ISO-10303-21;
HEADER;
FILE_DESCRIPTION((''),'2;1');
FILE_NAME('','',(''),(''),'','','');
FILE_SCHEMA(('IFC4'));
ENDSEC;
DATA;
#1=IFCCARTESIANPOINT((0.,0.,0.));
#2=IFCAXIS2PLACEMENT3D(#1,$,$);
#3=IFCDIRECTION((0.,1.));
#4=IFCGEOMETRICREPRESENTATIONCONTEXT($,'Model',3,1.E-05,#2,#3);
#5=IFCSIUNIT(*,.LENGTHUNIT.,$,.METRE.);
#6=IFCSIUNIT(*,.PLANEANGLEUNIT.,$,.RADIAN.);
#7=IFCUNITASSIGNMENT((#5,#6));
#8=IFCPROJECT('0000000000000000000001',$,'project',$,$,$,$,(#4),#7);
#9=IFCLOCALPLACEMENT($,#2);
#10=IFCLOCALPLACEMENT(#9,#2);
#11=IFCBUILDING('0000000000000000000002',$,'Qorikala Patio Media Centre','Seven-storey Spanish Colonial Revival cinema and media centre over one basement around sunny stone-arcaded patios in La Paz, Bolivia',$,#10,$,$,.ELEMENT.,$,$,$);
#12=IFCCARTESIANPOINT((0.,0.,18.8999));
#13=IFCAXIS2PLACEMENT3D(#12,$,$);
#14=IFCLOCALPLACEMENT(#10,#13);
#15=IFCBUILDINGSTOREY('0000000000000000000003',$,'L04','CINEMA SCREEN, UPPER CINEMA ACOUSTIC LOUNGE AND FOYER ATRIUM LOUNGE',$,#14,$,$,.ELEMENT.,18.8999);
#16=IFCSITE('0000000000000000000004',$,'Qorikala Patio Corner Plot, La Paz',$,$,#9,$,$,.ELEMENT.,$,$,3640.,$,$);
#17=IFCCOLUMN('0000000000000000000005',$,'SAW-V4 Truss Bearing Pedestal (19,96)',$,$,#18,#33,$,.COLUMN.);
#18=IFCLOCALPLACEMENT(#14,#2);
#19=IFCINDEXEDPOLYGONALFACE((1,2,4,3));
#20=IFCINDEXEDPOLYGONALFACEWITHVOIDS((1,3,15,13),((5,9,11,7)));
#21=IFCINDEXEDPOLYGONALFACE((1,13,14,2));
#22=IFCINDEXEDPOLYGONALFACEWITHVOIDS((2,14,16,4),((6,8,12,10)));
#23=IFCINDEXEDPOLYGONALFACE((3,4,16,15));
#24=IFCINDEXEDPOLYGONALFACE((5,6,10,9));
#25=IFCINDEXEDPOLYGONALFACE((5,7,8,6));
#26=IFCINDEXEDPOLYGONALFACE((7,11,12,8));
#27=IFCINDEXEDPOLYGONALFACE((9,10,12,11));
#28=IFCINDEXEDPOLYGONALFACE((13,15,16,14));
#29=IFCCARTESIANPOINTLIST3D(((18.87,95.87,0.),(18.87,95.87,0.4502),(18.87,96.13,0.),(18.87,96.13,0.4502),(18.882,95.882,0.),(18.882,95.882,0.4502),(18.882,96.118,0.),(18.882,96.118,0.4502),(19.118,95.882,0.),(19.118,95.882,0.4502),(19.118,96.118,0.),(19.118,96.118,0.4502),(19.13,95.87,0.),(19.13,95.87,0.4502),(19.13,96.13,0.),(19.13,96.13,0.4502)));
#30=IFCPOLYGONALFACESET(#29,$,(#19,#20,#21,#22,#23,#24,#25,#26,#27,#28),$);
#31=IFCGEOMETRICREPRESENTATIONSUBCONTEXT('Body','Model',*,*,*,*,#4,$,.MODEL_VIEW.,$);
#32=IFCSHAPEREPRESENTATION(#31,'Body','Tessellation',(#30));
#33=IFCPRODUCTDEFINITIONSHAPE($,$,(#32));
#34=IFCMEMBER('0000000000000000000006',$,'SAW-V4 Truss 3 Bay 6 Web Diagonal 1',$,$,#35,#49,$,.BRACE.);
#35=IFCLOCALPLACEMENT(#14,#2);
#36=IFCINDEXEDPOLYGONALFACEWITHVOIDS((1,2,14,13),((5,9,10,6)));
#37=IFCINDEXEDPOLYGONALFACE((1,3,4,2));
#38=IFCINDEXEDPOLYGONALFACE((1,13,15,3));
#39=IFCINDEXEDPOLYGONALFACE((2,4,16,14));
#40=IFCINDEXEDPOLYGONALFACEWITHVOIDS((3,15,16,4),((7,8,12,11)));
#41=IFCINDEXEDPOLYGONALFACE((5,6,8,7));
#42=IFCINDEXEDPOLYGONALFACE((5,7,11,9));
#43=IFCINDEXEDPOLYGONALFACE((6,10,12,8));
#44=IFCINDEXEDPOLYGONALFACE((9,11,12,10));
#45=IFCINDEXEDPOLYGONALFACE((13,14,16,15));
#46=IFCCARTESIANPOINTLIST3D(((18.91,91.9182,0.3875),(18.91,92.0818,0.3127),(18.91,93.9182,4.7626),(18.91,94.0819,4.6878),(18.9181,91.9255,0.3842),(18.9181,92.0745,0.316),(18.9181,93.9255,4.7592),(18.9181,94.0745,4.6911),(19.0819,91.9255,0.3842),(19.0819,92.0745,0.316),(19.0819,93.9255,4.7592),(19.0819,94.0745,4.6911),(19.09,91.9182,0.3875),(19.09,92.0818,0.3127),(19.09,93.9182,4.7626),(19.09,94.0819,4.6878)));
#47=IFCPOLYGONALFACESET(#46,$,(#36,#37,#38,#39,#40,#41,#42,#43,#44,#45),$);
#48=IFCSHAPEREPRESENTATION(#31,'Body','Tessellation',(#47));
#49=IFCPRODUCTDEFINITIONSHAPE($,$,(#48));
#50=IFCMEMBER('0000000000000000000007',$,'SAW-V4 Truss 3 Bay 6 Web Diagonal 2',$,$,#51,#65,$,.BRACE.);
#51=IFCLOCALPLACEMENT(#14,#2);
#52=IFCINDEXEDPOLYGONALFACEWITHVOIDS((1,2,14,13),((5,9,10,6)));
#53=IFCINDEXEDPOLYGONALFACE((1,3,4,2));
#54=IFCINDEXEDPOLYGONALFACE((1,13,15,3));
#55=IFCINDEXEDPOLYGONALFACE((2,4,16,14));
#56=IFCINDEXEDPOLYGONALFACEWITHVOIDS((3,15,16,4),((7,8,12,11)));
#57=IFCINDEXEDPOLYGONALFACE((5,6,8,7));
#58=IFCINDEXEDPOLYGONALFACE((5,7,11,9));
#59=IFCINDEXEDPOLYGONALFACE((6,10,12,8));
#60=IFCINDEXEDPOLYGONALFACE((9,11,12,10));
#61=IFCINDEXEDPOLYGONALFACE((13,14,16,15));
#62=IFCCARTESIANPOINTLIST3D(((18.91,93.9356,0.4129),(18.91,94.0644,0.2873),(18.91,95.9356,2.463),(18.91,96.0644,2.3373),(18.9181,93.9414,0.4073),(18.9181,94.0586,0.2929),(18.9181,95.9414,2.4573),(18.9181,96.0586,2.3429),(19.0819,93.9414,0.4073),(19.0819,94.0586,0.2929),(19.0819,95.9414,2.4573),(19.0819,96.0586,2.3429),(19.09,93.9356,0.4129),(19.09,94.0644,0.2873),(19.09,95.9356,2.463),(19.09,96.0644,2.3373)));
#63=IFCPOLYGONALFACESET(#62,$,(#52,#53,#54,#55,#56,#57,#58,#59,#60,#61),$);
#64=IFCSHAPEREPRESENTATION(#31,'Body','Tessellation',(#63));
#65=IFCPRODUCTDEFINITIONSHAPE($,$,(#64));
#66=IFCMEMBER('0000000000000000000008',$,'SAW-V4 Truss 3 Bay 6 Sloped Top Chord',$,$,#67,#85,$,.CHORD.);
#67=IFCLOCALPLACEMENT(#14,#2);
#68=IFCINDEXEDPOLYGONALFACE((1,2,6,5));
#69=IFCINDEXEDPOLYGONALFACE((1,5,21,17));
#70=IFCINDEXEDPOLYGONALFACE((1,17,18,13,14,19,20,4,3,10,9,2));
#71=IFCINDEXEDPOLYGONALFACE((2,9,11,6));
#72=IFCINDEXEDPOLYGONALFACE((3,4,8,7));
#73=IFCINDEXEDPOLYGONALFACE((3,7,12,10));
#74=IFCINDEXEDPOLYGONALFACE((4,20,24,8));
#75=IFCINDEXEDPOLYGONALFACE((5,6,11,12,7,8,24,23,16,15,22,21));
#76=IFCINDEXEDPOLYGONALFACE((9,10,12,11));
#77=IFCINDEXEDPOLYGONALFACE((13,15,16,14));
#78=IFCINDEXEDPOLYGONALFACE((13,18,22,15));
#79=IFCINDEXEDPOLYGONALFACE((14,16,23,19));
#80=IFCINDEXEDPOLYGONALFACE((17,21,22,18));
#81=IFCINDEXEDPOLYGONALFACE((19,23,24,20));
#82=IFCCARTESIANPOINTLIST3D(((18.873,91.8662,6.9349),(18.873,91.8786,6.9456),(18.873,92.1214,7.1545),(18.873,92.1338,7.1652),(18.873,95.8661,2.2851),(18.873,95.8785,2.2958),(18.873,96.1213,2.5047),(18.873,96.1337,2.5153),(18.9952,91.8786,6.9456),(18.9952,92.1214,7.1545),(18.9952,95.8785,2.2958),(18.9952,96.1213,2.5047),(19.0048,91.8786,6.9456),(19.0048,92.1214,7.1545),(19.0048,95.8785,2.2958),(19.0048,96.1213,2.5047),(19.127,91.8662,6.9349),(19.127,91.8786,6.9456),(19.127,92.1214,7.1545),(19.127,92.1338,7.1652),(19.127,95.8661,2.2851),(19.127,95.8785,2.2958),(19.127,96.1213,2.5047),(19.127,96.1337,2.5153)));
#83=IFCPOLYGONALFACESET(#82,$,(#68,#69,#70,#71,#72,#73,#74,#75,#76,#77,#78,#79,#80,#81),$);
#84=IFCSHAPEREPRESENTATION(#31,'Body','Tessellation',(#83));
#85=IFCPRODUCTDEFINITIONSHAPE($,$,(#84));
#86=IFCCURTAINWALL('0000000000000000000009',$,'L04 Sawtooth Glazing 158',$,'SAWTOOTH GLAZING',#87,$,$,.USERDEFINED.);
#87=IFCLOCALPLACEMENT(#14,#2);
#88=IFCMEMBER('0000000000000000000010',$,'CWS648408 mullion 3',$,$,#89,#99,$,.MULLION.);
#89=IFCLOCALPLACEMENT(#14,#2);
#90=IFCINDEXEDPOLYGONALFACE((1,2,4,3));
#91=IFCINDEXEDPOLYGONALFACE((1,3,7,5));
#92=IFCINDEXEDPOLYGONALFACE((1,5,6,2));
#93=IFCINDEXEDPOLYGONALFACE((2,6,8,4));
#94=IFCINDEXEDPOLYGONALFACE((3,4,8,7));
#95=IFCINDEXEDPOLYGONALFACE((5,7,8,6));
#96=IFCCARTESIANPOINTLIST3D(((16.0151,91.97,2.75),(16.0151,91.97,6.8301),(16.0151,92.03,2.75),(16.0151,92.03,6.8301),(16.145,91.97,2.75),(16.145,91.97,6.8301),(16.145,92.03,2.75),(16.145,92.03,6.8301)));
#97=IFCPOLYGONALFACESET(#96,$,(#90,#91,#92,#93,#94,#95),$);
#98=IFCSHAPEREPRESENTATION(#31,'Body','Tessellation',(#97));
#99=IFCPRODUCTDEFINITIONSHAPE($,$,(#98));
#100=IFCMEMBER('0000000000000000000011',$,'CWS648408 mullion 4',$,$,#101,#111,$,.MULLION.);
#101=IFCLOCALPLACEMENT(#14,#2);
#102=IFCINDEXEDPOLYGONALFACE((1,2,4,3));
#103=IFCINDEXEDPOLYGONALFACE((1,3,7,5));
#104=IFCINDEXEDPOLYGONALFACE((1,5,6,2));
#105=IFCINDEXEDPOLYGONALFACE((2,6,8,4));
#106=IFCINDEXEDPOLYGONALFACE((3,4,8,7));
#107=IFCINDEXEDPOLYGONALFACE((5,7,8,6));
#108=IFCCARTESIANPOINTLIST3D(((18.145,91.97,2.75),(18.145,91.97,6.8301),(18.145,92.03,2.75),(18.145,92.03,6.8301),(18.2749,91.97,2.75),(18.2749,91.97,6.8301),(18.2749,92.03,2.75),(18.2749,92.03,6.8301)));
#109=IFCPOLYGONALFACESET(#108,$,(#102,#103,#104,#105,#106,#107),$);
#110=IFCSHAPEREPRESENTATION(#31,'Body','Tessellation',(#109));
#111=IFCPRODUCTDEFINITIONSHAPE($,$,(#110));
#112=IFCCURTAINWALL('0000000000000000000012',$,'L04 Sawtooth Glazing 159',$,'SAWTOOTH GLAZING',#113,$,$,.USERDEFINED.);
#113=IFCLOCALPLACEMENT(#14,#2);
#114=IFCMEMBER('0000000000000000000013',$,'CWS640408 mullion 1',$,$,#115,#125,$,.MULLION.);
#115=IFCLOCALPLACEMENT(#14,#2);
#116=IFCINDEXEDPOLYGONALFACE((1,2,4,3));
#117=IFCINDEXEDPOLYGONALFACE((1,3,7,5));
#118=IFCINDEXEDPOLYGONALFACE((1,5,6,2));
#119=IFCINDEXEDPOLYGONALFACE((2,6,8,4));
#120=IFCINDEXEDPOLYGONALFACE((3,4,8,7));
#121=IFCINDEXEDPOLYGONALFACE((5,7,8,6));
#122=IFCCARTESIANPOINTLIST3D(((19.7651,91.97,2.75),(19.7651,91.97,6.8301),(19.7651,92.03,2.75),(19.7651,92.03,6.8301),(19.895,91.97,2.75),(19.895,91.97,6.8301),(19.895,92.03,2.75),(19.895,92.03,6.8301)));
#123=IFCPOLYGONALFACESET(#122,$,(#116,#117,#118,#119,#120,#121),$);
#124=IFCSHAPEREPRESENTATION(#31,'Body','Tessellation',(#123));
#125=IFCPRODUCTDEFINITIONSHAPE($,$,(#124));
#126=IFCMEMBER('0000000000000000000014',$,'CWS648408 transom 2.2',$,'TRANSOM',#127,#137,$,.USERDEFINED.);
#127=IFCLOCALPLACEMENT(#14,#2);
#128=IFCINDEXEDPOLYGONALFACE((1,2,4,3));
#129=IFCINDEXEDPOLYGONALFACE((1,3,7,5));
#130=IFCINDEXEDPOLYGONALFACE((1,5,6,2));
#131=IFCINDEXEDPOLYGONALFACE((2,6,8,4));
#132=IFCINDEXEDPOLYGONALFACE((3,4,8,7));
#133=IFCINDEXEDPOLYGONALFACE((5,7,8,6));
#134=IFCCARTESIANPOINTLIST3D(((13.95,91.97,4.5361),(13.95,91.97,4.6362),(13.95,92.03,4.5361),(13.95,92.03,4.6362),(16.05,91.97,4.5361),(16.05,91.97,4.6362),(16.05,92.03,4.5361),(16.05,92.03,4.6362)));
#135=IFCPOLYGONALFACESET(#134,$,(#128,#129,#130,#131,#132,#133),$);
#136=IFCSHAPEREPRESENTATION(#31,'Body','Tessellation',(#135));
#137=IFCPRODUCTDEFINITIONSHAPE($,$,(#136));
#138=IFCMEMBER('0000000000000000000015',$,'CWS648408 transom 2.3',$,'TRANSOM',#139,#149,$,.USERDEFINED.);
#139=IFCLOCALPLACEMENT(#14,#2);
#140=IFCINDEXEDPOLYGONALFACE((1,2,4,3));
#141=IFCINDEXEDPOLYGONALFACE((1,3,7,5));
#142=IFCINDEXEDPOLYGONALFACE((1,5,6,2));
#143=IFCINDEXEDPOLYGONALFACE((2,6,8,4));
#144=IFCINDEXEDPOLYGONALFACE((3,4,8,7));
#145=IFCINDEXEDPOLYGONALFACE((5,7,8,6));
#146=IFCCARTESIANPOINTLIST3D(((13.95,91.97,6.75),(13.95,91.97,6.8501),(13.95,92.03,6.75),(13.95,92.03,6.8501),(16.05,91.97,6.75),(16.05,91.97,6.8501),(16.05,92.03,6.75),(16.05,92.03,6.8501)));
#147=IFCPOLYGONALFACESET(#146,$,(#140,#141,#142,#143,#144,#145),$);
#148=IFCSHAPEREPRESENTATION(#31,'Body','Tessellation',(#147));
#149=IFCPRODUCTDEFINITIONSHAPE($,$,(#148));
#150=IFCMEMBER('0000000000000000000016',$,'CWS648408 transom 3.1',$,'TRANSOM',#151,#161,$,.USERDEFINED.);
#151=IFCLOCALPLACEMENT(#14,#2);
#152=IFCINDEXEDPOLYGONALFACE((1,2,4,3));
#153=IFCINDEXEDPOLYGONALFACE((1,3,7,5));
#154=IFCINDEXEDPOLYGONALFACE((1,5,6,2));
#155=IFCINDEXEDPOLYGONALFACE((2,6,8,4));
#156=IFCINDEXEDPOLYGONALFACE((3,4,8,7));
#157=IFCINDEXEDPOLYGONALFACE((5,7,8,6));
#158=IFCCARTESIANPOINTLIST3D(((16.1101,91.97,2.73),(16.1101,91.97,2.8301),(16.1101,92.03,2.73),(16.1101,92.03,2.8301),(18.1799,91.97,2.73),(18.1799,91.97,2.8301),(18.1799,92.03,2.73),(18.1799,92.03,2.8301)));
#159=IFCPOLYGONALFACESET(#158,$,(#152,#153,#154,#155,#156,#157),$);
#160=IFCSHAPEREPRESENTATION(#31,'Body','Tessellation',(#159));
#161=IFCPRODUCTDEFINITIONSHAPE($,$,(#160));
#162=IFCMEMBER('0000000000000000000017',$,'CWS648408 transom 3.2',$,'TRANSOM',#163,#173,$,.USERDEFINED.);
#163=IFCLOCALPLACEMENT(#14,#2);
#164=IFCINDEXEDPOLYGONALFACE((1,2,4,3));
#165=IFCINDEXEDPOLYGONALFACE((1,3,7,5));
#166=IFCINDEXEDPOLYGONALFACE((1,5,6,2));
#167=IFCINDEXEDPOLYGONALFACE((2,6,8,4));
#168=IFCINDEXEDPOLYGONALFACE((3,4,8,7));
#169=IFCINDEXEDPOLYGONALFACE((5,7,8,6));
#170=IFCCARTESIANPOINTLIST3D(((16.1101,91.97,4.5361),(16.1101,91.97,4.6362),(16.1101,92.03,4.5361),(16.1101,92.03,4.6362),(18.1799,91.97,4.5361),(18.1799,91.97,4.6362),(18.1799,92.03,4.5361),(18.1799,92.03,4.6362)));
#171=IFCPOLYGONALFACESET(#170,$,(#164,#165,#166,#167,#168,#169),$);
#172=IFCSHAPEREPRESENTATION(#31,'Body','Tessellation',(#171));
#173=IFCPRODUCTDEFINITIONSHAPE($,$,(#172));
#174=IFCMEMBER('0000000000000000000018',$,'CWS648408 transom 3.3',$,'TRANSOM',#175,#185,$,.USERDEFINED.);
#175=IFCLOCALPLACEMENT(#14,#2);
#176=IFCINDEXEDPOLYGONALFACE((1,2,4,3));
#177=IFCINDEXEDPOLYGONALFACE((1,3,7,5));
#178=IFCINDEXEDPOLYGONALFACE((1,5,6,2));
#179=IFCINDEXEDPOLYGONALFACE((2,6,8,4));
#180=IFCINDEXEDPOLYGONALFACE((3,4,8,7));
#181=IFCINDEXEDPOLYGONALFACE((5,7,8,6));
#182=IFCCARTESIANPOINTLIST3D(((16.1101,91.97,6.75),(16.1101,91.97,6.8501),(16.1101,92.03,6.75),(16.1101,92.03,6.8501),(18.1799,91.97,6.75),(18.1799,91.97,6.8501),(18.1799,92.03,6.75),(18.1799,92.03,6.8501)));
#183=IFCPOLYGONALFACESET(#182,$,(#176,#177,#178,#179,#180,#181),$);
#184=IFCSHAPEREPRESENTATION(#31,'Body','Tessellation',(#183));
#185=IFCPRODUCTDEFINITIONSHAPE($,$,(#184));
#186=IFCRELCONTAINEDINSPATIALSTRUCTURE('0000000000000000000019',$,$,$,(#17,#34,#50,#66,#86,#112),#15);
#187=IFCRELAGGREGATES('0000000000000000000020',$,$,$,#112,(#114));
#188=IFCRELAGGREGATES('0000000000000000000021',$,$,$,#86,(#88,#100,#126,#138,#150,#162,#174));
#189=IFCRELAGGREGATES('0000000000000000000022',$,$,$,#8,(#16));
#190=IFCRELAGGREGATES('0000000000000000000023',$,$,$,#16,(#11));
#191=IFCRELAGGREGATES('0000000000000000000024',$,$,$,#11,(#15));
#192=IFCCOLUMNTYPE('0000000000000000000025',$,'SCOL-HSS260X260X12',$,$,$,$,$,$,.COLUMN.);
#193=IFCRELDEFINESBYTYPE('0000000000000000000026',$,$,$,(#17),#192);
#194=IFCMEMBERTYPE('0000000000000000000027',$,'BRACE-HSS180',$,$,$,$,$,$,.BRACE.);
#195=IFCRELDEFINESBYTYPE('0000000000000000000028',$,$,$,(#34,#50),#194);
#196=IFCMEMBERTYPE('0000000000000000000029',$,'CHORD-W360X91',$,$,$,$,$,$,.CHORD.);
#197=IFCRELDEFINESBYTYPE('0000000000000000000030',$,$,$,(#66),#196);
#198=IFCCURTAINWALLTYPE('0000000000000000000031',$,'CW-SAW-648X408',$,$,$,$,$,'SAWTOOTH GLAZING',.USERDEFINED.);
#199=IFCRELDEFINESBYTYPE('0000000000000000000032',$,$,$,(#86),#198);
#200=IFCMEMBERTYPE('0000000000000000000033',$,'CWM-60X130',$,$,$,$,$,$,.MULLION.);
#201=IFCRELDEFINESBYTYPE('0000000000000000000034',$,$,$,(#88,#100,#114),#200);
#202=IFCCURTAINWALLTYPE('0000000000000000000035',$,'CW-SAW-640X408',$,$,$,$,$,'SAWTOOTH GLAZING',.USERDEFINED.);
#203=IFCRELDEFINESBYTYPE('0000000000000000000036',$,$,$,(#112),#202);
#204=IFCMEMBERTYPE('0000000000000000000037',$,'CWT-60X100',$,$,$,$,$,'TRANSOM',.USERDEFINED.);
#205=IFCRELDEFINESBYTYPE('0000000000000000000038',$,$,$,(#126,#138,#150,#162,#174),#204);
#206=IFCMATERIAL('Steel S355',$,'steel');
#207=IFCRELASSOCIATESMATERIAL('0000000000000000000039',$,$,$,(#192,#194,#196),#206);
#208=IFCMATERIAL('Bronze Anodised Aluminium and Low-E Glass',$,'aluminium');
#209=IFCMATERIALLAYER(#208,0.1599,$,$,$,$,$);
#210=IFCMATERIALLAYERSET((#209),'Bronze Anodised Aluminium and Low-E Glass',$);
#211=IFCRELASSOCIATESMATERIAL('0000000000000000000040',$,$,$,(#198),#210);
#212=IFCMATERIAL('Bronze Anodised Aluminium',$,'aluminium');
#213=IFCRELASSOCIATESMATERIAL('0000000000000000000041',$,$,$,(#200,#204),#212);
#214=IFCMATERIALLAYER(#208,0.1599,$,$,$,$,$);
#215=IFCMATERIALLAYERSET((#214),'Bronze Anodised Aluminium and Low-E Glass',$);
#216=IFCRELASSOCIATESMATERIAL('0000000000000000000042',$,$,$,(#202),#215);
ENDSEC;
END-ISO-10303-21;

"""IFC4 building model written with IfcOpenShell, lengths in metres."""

from ifc_helpers import new_model, si_unit, direction, frame, origin, origin_2d, place, context, subcontext, project, spatial, rectangle, hollow_rectangle, i_section, extrude, material, layer, layer_set, material_profile, profile_set, type_object, element, aggregate, save


model = new_model("IFC4")

# Units and contexts
model_context = context("Model", 3, precision=1e-05, world=origin(), true_north=direction((0.0, 1.0)))
body_context = subcontext(model_context, "Body", "Model", "MODEL_VIEW")
ifc_project = project(units=[si_unit("LENGTHUNIT", "METRE"), si_unit("PLANEANGLEUNIT", "RADIAN")], contexts=[model_context])

# Site, building, storey
site_placement = place(None, origin())
site = spatial("IfcSite", under=ifc_project, at=site_placement, Name="Qorikala Patio Corner Plot, La Paz", CompositionType="ELEMENT", RefElevation=3640.0)
building_placement = place(site_placement, origin())
building = spatial("IfcBuilding", under=site, at=building_placement, Name="Qorikala Patio Media Centre", Description="Seven-storey Spanish Colonial Revival cinema and media centre over one basement around sunny stone-arcaded patios in La Paz, Bolivia", CompositionType="ELEMENT")
storey_placement = place(building_placement, frame((0.0, 0.0, 18.8999)))
storey = spatial("IfcBuildingStorey", under=building, at=storey_placement, Name="L04", Description="CINEMA SCREEN, UPPER CINEMA ACOUSTIC LOUNGE AND FOYER ATRIUM LOUNGE", CompositionType="ELEMENT", Elevation=18.8999)

# Column
ifc_material_1 = material(Name="Steel S355", Category="steel")
ifc_material_profile_1 = material_profile(ifc_material_1, hollow_rectangle(XDim=0.26, YDim=0.26, WallThickness=0.012, at=origin_2d()), Name="HSS260X260X12")
ifc_profile_set_1 = profile_set([ifc_material_profile_1], Name="Steel S355")
column_type = type_object("IfcColumnType", Name="SCOL-HSS260X260X12", PredefinedType="COLUMN", material=ifc_profile_set_1)
column_placement = place(storey_placement, frame((19.0, 96.0, 0.0), z_axis=(0.0, 0.0, 1.0), x_axis=(1.0, 0.0, 0.0)))
element("IfcColumn", 1, at=column_placement, inside=storey, type_object=column_type, Name="SAW-V4 Truss Bearing Pedestal (19,96)", PredefinedType="COLUMN", context=body_context, shape_type="SweptSolid", body=[
    extrude(hollow_rectangle(XDim=0.26, YDim=0.26, WallThickness=0.012, at=origin_2d()), origin(), (0.0, 0.0, 1.0), 0.4502),
])

# Members
ifc_material_profile_2 = material_profile(ifc_material_1, hollow_rectangle(XDim=0.1799, YDim=0.1799, WallThickness=0.0081, at=origin_2d()), Name="HSS180X180X8")
ifc_profile_set_2 = profile_set([ifc_material_profile_2], Name="Steel S355")
member_type_1 = type_object("IfcMemberType", Name="BRACE-HSS180", PredefinedType="BRACE", material=ifc_profile_set_2)
member_1_placement = place(storey_placement, frame((19.0, 92.0, 0.3501), z_axis=(0.0, 0.41576, 0.909474), x_axis=(-1.0, 0.0, 0.0)))
element("IfcMember", 2, at=member_1_placement, inside=storey, type_object=member_type_1, Name="SAW-V4 Truss 3 Bay 6 Web Diagonal 1", PredefinedType="BRACE", context=body_context, shape_type="SweptSolid", body=[
    extrude(hollow_rectangle(XDim=0.1799, YDim=0.1799, WallThickness=0.0081, at=origin_2d()), origin(), (0.0, 0.0, 1.0), 4.8105),
])
member_2_placement = place(storey_placement, frame((19.0, 94.0, 0.3501), z_axis=(0.0, 0.698315, 0.71579), x_axis=(-1.0, 0.0, 0.0)))
element("IfcMember", 3, at=member_2_placement, inside=storey, type_object=member_type_1, Name="SAW-V4 Truss 3 Bay 6 Web Diagonal 2", PredefinedType="BRACE", context=body_context, shape_type="SweptSolid", body=[
    extrude(hollow_rectangle(XDim=0.1799, YDim=0.1799, WallThickness=0.0081, at=origin_2d()), origin(), (0.0, 0.0, 1.0), 2.864),
])
ifc_material_profile_3 = material_profile(ifc_material_1, i_section(OverallWidth=0.2539, OverallDepth=0.353, WebThickness=0.0095, FlangeThickness=0.0164, at=origin_2d()), Name="W360X91")
ifc_profile_set_3 = profile_set([ifc_material_profile_3], Name="Steel S355")
member_type_2 = type_object("IfcMemberType", Name="CHORD-W360X91", PredefinedType="CHORD", material=ifc_profile_set_3)
member_3_placement = place(storey_placement, frame((19.0, 92.0, 7.05), z_axis=(0.0, 0.652141, -0.758098), x_axis=(-1.0, 0.0, 0.0)))
element("IfcMember", 4, at=member_3_placement, inside=storey, type_object=member_type_2, Name="SAW-V4 Truss 3 Bay 6 Sloped Top Chord", PredefinedType="CHORD", context=body_context, shape_type="SweptSolid", body=[
    extrude(i_section(OverallWidth=0.2539, OverallDepth=0.353, WebThickness=0.0095, FlangeThickness=0.0164, at=origin_2d()), origin(), (0.0, 0.0, 1.0), 6.1335),
])

# Curtain wall, members
ifc_material_2 = material(Name="Bronze Anodised Aluminium and Low-E Glass", Category="aluminium")
ifc_layer_1 = layer(ifc_material_2, 0.1599)
ifc_layer_set_1 = layer_set([ifc_layer_1], Name="Bronze Anodised Aluminium and Low-E Glass")
curtain_wall_type_1 = type_object("IfcCurtainWallType", Name="CW-SAW-648X408", ElementType="SAWTOOTH GLAZING", PredefinedType="USERDEFINED", material=ifc_layer_set_1)
curtain_wall_1_placement = place(storey_placement, origin())
curtain_wall_1 = element("IfcCurtainWall", 5, at=curtain_wall_1_placement, inside=storey, type_object=curtain_wall_type_1, Name="L04 Sawtooth Glazing 158", ObjectType="SAWTOOTH GLAZING", PredefinedType="USERDEFINED")
ifc_material_3 = material(Name="Bronze Anodised Aluminium", Category="aluminium")
ifc_material_profile_4 = material_profile(ifc_material_3, rectangle(XDim=0.0601, YDim=0.1299, at=origin_2d()), Name="ALU MULLION 60x130")
ifc_profile_set_4 = profile_set([ifc_material_profile_4], Name="Bronze Anodised Aluminium")
member_type_3 = type_object("IfcMemberType", Name="CWM-60X130", PredefinedType="MULLION", material=ifc_profile_set_4)
member_4_placement = place(storey_placement, frame((16.0801, 92.0, 2.75), z_axis=(0.0, 0.0, 1.0), x_axis=(0.0, 1.0, 0.0)))
member_4 = element("IfcMember", 6, at=member_4_placement, type_object=member_type_3, Name="CWS648408 mullion 3", PredefinedType="MULLION", context=body_context, shape_type="SweptSolid", body=[
    extrude(rectangle(XDim=0.0601, YDim=0.1299, at=origin_2d()), origin(), (0.0, 0.0, 1.0), 4.0801),
])
member_5_placement = place(storey_placement, frame((18.21, 92.0, 2.75), z_axis=(0.0, 0.0, 1.0), x_axis=(0.0, 1.0, 0.0)))
member_5 = element("IfcMember", 7, at=member_5_placement, type_object=member_type_3, Name="CWS648408 mullion 4", PredefinedType="MULLION", context=body_context, shape_type="SweptSolid", body=[
    extrude(rectangle(XDim=0.0601, YDim=0.1299, at=origin_2d()), origin(), (0.0, 0.0, 1.0), 4.0801),
])

# Curtain wall, member
ifc_layer_2 = layer(ifc_material_2, 0.1599)
ifc_layer_set_2 = layer_set([ifc_layer_2], Name="Bronze Anodised Aluminium and Low-E Glass")
curtain_wall_type_2 = type_object("IfcCurtainWallType", Name="CW-SAW-640X408", ElementType="SAWTOOTH GLAZING", PredefinedType="USERDEFINED", material=ifc_layer_set_2)
curtain_wall_2_placement = place(storey_placement, origin())
curtain_wall_2 = element("IfcCurtainWall", 8, at=curtain_wall_2_placement, inside=storey, type_object=curtain_wall_type_2, Name="L04 Sawtooth Glazing 159", ObjectType="SAWTOOTH GLAZING", PredefinedType="USERDEFINED")
member_6_placement = place(storey_placement, frame((19.8301, 92.0, 2.75), z_axis=(0.0, 0.0, 1.0), x_axis=(0.0, 1.0, 0.0)))
member_6 = element("IfcMember", 9, at=member_6_placement, type_object=member_type_3, Name="CWS640408 mullion 1", PredefinedType="MULLION", context=body_context, shape_type="SweptSolid", body=[
    extrude(rectangle(XDim=0.0601, YDim=0.1299, at=origin_2d()), origin(), (0.0, 0.0, 1.0), 4.0801),
])
aggregate(curtain_wall_2, [member_6])

# Members
ifc_material_profile_5 = material_profile(ifc_material_3, rectangle(XDim=0.0601, YDim=0.1001, at=origin_2d()), Name="ALU TRANSOM 60x100")
ifc_profile_set_5 = profile_set([ifc_material_profile_5], Name="Bronze Anodised Aluminium")
member_type_4 = type_object("IfcMemberType", Name="CWT-60X100", ElementType="TRANSOM", PredefinedType="USERDEFINED", material=ifc_profile_set_5)
member_7_placement = place(storey_placement, frame((13.95, 92.0, 4.5862), z_axis=(1.0, 0.0, 0.0), x_axis=(0.0, 1.0, 0.0)))
member_7 = element("IfcMember", 10, at=member_7_placement, type_object=member_type_4, Name="CWS648408 transom 2.2", ObjectType="TRANSOM", PredefinedType="USERDEFINED", context=body_context, shape_type="SweptSolid", body=[
    extrude(rectangle(XDim=0.0601, YDim=0.1001, at=origin_2d()), origin(), (0.0, 0.0, 1.0), 2.1001),
])
member_8_placement = place(storey_placement, frame((13.95, 92.0, 6.8), z_axis=(1.0, 0.0, 0.0), x_axis=(0.0, 1.0, 0.0)))
member_8 = element("IfcMember", 11, at=member_8_placement, type_object=member_type_4, Name="CWS648408 transom 2.3", ObjectType="TRANSOM", PredefinedType="USERDEFINED", context=body_context, shape_type="SweptSolid", body=[
    extrude(rectangle(XDim=0.0601, YDim=0.1001, at=origin_2d()), origin(), (0.0, 0.0, 1.0), 2.1001),
])
member_9_placement = place(storey_placement, frame((16.1101, 92.0, 2.78), z_axis=(1.0, 0.0, 0.0), x_axis=(0.0, 1.0, 0.0)))
member_9 = element("IfcMember", 12, at=member_9_placement, type_object=member_type_4, Name="CWS648408 transom 3.1", ObjectType="TRANSOM", PredefinedType="USERDEFINED", context=body_context, shape_type="SweptSolid", body=[
    extrude(rectangle(XDim=0.0601, YDim=0.1001, at=origin_2d()), origin(), (0.0, 0.0, 1.0), 2.0698),
])
member_10_placement = place(storey_placement, frame((16.1101, 92.0, 4.5862), z_axis=(1.0, 0.0, 0.0), x_axis=(0.0, 1.0, 0.0)))
member_10 = element("IfcMember", 13, at=member_10_placement, type_object=member_type_4, Name="CWS648408 transom 3.2", ObjectType="TRANSOM", PredefinedType="USERDEFINED", context=body_context, shape_type="SweptSolid", body=[
    extrude(rectangle(XDim=0.0601, YDim=0.1001, at=origin_2d()), origin(), (0.0, 0.0, 1.0), 2.0698),
])
member_11_placement = place(storey_placement, frame((16.1101, 92.0, 6.8), z_axis=(1.0, 0.0, 0.0), x_axis=(0.0, 1.0, 0.0)))
member_11 = element("IfcMember", 14, at=member_11_placement, type_object=member_type_4, Name="CWS648408 transom 3.3", ObjectType="TRANSOM", PredefinedType="USERDEFINED", context=body_context, shape_type="SweptSolid", body=[
    extrude(rectangle(XDim=0.0601, YDim=0.1001, at=origin_2d()), origin(), (0.0, 0.0, 1.0), 2.0698),
])

aggregate(curtain_wall_1, [member_4, member_5, member_7, member_8, member_9, member_10, member_11])

save(model, "model.ifc")
